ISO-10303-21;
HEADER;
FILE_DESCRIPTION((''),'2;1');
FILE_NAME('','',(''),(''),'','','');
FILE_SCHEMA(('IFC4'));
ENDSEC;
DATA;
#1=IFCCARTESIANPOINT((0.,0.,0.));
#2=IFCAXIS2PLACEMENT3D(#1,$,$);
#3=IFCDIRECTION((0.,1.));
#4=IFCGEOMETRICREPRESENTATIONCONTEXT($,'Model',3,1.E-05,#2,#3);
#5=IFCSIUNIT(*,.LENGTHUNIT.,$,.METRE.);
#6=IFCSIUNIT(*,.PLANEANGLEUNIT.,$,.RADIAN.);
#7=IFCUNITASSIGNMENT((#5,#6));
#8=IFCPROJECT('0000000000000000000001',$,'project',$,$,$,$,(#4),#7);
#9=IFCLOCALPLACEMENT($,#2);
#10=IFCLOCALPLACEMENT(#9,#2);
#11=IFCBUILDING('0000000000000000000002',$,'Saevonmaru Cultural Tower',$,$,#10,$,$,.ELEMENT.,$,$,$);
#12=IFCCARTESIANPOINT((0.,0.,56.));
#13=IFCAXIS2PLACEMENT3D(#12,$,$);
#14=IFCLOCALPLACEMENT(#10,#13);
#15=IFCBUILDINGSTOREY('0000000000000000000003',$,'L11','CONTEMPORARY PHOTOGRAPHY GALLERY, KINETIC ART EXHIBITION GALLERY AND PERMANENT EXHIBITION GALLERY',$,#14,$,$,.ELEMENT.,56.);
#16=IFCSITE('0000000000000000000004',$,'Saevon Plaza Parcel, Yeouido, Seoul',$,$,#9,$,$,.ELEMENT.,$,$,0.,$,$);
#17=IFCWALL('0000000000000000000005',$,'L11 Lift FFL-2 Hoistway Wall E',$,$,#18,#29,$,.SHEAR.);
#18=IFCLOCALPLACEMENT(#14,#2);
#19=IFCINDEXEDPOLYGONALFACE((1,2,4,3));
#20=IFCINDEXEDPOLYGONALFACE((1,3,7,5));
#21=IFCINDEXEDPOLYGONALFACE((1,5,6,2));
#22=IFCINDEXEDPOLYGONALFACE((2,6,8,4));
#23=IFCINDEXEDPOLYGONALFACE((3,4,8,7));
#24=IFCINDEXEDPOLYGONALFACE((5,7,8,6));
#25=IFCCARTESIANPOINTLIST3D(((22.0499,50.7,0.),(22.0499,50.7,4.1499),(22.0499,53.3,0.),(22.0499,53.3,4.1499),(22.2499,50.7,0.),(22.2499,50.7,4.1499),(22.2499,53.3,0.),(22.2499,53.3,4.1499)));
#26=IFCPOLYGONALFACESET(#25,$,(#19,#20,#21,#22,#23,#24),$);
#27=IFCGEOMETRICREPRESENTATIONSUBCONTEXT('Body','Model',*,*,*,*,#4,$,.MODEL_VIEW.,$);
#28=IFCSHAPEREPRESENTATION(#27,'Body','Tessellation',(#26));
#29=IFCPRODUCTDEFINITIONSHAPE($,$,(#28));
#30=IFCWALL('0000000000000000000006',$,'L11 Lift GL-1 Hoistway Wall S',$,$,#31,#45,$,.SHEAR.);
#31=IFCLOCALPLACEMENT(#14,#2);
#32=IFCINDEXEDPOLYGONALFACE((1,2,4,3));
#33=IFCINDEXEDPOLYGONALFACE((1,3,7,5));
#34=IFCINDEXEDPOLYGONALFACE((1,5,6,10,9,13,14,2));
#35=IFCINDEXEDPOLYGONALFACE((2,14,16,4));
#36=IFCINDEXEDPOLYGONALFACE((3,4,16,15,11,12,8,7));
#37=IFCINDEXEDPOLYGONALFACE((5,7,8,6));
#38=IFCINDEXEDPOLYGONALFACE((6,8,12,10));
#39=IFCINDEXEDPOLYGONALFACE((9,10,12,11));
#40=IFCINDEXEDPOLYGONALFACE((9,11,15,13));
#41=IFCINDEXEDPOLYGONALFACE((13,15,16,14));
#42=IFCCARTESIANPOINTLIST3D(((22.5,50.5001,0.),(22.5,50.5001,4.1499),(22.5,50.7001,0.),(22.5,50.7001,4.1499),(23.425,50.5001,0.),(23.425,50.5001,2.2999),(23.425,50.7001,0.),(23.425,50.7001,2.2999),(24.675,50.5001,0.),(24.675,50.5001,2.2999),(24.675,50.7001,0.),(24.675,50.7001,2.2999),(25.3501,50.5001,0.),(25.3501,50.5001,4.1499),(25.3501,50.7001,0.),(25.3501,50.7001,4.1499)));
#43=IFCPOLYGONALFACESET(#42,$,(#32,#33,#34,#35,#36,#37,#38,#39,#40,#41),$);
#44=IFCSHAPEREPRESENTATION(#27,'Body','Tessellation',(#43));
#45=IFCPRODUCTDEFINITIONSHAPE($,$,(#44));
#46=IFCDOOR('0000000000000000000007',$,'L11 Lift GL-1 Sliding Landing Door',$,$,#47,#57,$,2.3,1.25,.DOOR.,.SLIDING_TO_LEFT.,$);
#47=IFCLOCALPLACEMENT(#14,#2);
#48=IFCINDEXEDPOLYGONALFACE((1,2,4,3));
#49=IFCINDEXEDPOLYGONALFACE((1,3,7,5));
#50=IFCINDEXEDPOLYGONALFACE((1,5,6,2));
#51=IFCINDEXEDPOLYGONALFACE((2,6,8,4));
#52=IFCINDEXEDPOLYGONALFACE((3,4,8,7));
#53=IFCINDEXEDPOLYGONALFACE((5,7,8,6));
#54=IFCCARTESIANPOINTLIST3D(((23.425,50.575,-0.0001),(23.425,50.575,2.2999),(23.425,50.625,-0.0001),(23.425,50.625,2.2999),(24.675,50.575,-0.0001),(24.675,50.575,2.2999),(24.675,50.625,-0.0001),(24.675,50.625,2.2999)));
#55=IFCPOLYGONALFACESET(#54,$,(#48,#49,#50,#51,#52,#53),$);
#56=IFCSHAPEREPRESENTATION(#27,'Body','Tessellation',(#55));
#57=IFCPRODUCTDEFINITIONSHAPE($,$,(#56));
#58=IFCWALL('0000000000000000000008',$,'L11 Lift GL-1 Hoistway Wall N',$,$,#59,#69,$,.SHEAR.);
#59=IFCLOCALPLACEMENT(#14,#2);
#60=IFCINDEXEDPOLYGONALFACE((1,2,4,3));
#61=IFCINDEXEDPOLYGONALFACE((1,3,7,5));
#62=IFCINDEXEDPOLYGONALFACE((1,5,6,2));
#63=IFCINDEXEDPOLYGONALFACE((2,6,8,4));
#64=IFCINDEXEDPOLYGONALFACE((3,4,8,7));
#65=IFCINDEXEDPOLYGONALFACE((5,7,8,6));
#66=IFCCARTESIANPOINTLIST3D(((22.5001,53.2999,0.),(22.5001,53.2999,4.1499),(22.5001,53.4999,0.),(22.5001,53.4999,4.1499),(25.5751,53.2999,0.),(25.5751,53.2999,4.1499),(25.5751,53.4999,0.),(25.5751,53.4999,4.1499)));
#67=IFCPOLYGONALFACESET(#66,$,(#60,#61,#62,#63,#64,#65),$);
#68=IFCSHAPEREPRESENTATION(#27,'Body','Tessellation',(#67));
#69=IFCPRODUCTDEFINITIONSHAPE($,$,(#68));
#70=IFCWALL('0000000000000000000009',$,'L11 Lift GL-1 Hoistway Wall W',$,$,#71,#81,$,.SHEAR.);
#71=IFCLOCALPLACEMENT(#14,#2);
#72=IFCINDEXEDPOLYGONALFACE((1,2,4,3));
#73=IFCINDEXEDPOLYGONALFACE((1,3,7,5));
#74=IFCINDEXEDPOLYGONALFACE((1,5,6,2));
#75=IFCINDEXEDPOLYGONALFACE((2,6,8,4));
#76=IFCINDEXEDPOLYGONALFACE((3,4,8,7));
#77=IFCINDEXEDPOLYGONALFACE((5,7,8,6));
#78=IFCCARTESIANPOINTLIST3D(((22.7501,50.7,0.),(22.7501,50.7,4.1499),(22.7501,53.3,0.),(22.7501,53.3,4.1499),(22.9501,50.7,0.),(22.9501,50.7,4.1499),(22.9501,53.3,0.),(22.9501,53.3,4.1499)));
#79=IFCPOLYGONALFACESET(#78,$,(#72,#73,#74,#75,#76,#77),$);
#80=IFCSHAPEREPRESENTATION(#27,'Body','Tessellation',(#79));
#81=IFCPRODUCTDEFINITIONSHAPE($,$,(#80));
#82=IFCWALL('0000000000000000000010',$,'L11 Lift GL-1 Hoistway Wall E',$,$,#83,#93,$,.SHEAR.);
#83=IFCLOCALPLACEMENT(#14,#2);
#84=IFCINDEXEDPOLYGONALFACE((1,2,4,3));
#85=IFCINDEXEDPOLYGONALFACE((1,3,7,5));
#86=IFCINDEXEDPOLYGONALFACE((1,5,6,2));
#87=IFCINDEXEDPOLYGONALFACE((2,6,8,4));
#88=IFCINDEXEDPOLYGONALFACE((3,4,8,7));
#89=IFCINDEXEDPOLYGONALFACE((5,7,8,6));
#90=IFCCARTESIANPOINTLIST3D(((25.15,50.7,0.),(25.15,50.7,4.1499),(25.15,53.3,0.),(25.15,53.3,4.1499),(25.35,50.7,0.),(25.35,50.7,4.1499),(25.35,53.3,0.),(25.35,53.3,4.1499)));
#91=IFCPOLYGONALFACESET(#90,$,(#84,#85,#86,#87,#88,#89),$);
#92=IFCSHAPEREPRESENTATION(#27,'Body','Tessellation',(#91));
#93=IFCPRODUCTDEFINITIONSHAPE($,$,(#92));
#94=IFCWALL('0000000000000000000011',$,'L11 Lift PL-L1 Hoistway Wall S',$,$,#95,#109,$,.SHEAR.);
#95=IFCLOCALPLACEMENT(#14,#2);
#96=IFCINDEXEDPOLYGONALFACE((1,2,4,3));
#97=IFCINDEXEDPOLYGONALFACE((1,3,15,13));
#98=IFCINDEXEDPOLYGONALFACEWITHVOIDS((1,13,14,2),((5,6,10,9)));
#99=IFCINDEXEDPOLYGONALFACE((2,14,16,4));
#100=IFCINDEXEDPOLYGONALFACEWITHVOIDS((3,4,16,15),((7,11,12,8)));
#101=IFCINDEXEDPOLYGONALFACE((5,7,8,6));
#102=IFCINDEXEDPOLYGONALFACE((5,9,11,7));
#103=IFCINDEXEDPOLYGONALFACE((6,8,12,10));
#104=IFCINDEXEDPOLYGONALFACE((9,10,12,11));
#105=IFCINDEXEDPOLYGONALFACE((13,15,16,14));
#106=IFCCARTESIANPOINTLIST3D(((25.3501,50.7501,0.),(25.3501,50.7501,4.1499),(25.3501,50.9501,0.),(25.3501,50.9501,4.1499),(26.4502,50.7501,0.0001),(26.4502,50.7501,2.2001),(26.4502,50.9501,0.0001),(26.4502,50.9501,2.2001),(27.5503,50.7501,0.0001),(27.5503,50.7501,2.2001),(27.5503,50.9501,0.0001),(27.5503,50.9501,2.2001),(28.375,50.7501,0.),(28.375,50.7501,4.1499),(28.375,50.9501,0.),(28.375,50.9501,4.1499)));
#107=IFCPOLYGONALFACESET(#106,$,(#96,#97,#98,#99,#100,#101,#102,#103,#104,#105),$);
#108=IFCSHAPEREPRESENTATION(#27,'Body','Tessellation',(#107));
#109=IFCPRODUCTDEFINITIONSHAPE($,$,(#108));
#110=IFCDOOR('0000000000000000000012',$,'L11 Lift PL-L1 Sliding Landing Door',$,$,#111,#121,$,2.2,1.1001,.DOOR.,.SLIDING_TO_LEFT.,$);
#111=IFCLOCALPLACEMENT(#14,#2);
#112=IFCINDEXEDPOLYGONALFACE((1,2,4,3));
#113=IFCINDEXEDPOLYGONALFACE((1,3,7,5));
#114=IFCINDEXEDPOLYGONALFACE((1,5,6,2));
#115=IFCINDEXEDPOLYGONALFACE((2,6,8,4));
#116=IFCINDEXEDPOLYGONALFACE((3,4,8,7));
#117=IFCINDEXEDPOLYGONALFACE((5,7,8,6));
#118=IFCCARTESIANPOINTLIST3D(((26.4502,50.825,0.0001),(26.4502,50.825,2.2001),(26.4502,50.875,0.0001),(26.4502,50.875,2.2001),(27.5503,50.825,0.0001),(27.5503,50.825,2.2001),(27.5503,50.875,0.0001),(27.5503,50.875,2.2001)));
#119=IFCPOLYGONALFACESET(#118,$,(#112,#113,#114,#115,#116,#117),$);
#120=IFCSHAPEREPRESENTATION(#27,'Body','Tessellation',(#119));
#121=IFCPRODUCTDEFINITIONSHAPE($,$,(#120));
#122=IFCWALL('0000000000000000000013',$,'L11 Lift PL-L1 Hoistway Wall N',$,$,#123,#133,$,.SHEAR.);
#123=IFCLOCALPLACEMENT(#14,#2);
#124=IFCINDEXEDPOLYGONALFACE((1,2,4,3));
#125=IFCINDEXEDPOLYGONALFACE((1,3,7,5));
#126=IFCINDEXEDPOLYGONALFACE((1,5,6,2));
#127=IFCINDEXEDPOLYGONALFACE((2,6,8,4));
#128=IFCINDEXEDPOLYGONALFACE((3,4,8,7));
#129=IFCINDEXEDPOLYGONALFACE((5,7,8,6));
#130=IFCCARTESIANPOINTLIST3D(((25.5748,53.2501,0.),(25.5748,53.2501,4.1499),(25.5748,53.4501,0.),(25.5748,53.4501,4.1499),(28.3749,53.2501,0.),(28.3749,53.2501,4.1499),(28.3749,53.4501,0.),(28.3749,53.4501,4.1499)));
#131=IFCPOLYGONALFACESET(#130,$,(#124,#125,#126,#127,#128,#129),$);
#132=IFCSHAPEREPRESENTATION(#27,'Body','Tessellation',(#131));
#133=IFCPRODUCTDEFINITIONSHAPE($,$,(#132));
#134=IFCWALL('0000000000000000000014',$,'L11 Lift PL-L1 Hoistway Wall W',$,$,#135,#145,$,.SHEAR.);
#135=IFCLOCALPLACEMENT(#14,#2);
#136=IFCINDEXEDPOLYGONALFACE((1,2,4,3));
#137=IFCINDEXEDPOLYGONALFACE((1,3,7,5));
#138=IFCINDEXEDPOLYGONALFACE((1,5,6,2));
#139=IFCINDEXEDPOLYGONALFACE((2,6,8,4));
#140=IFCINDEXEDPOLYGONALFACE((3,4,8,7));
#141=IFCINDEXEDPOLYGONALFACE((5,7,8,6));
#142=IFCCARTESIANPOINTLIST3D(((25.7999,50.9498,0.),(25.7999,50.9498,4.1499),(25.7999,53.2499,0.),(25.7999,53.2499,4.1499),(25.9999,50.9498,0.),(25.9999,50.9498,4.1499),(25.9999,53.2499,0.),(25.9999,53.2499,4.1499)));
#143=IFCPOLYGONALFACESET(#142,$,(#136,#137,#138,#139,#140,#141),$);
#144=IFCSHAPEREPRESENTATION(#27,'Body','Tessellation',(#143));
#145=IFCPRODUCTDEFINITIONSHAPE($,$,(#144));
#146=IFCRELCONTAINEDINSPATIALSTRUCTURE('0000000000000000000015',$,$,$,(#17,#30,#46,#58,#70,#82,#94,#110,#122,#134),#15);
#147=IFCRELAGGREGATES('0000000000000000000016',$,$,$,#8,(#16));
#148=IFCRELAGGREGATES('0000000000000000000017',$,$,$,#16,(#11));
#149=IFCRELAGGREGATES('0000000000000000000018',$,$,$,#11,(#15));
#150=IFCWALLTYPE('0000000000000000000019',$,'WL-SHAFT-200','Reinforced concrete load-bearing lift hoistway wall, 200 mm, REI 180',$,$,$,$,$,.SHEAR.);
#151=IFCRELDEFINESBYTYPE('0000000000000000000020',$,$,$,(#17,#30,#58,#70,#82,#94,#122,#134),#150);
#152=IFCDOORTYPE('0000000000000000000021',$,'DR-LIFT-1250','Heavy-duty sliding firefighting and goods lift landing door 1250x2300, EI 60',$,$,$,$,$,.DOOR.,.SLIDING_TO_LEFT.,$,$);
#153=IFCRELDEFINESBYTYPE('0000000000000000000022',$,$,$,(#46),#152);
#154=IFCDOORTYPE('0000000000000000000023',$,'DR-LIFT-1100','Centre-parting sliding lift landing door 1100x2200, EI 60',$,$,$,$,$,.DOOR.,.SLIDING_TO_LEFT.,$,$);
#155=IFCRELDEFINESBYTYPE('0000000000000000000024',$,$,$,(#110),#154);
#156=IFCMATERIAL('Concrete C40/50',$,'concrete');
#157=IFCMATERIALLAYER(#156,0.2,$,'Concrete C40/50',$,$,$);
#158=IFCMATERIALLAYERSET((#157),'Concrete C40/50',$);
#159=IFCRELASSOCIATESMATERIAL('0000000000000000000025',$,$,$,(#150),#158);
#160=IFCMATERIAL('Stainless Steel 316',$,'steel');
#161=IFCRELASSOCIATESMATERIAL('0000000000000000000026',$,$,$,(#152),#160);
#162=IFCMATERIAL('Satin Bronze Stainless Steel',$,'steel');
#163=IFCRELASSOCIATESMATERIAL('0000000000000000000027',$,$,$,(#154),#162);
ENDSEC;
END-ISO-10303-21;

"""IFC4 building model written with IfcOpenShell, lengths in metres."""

from ifc_helpers import new_model, si_unit, direction, frame, frame_2d, origin, place, context, subcontext, project, spatial, rectangle, extrude, material, layer, layer_set, type_object, element, fill, save


model = new_model("IFC4")

# Units and contexts
model_context = context("Model", 3, precision=1e-05, world=origin(), true_north=direction((0.0, 1.0)))
body_context = subcontext(model_context, "Body", "Model", "MODEL_VIEW")
ifc_project = project(units=[si_unit("LENGTHUNIT", "METRE"), si_unit("PLANEANGLEUNIT", "RADIAN")], contexts=[model_context])

# Site, building, storey
site_placement = place(None, origin())
site = spatial("IfcSite", under=ifc_project, at=site_placement, Name="Saevon Plaza Parcel, Yeouido, Seoul", CompositionType="ELEMENT", RefElevation=0.0)
building_placement = place(site_placement, origin())
building = spatial("IfcBuilding", under=site, at=building_placement, Name="Saevonmaru Cultural Tower", CompositionType="ELEMENT")
storey_placement = place(building_placement, frame((0.0, 0.0, 56.0)))
storey = spatial("IfcBuildingStorey", under=building, at=storey_placement, Name="L11", Description="CONTEMPORARY PHOTOGRAPHY GALLERY, KINETIC ART EXHIBITION GALLERY AND PERMANENT EXHIBITION GALLERY", CompositionType="ELEMENT", Elevation=56.0)

# Wall
ifc_material_1 = material(Name="Concrete C40/50", Category="concrete")
ifc_layer_1 = layer(ifc_material_1, 0.2, Name="Concrete C40/50")
ifc_layer_set_1 = layer_set([ifc_layer_1], Name="Concrete C40/50")
wall_type_1 = type_object("IfcWallType", Name="WL-SHAFT-200", Description="Reinforced concrete load-bearing lift hoistway wall, 200 mm, REI 180", PredefinedType="SHEAR", material=ifc_layer_set_1)
for number, where, z_axis, x_axis, name in (
    (1, (22.1499, 50.7, 0.0), (0.0, 0.0, 1.0), (0.0, 1.0, 0.0), "L11 Lift FFL-2 Hoistway Wall E"),
):
    element("IfcWall", number, at=place(storey_placement, frame(where, z_axis=z_axis, x_axis=x_axis)), inside=storey, type_object=wall_type_1, Name=name, PredefinedType="SHEAR", context=body_context, shape_type="SweptSolid", body=[
        extrude(rectangle(XDim=2.6001, YDim=0.2, at=frame_2d((1.3, 0.0))), origin(), (0.0, 0.0, 1.0), 4.1499),
    ])

# Wall, opening, door
wall_1_placement = place(storey_placement, frame((22.5, 50.6001, 0.0), z_axis=(0.0, 0.0, 1.0), x_axis=(1.0, 0.0, 0.0)))
wall_1 = element("IfcWall", 2, at=wall_1_placement, inside=storey, type_object=wall_type_1, Name="L11 Lift GL-1 Hoistway Wall S", PredefinedType="SHEAR", context=body_context, shape_type="SweptSolid", body=[
    extrude(rectangle(XDim=2.8501, YDim=0.2, at=frame_2d((1.425, 0.0))), origin(), (0.0, 0.0, 1.0), 4.1499),
])
opening_1_placement = place(wall_1_placement, frame((0.925, 0.0, 0.0)))
opening_1 = element("IfcOpeningElement", 3, at=opening_1_placement, cuts=wall_1, PredefinedType="OPENING", context=body_context, shape_type="SweptSolid", body=[
    extrude(rectangle(XDim=1.25, YDim=2.3, at=frame_2d((0.625, 1.1499))), frame((0.0, 0.1099, 0.0), z_axis=(0.0, -1.0, 0.0), x_axis=(1.0, 0.0, 0.0)), (0.0, 0.0, 1.0), 0.22),
])
ifc_material_2 = material(Name="Stainless Steel 316", Category="steel")
door_type_1 = type_object("IfcDoorType", Name="DR-LIFT-1250", Description="Heavy-duty sliding firefighting and goods lift landing door 1250x2300, EI 60", OperationType="SLIDING_TO_LEFT", PredefinedType="DOOR", material=ifc_material_2)
door_1_placement = place(opening_1_placement, origin())
door_1 = element("IfcDoor", 4, at=door_1_placement, inside=storey, type_object=door_type_1, Name="L11 Lift GL-1 Sliding Landing Door", OperationType="SLIDING_TO_LEFT", OverallHeight=2.3, OverallWidth=1.25, PredefinedType="DOOR", context=body_context, shape_type="SweptSolid", body=[
    extrude(rectangle(XDim=1.25, YDim=2.3, at=frame_2d((0.625, 1.1499))), frame((0.0, 0.0249, 0.0), z_axis=(0.0, -1.0, 0.0), x_axis=(1.0, 0.0, 0.0)), (0.0, 0.0, 1.0), 0.05),
])
fill(opening_1, door_1)

# Walls
wall_2_placement = place(storey_placement, frame((22.5, 53.3999, 0.0), z_axis=(0.0, 0.0, 1.0), x_axis=(1.0, 0.0, 0.0)))
element("IfcWall", 5, at=wall_2_placement, inside=storey, type_object=wall_type_1, Name="L11 Lift GL-1 Hoistway Wall N", PredefinedType="SHEAR", context=body_context, shape_type="SweptSolid", body=[
    extrude(rectangle(XDim=3.075, YDim=0.2, at=frame_2d((1.5376, 0.0))), origin(), (0.0, 0.0, 1.0), 4.1499),
])
for number, where, z_axis, x_axis, name in (
    (6, (22.8501, 50.7, 0.0), (0.0, 0.0, 1.0), (0.0, 1.0, 0.0), "L11 Lift GL-1 Hoistway Wall W"),
    (7, (25.25, 50.7, 0.0), (0.0, 0.0, 1.0), (0.0, 1.0, 0.0), "L11 Lift GL-1 Hoistway Wall E"),
):
    element("IfcWall", number, at=place(storey_placement, frame(where, z_axis=z_axis, x_axis=x_axis)), inside=storey, type_object=wall_type_1, Name=name, PredefinedType="SHEAR", context=body_context, shape_type="SweptSolid", body=[
        extrude(rectangle(XDim=2.6001, YDim=0.2, at=frame_2d((1.3, 0.0))), origin(), (0.0, 0.0, 1.0), 4.1499),
    ])

# Wall, opening, door
wall_3_placement = place(storey_placement, frame((25.3501, 50.8501, 0.0), z_axis=(0.0, 0.0, 1.0), x_axis=(1.0, 0.0, 0.0)))
wall_3 = element("IfcWall", 8, at=wall_3_placement, inside=storey, type_object=wall_type_1, Name="L11 Lift PL-L1 Hoistway Wall S", PredefinedType="SHEAR", context=body_context, shape_type="SweptSolid", body=[
    extrude(rectangle(XDim=3.0249, YDim=0.2, at=frame_2d((1.5125, 0.0))), origin(), (0.0, 0.0, 1.0), 4.1499),
])
opening_2_placement = place(wall_3_placement, frame((1.1001, 0.0, 0.0)))
opening_2 = element("IfcOpeningElement", 9, at=opening_2_placement, cuts=wall_3, PredefinedType="OPENING", context=body_context, shape_type="SweptSolid", body=[
    extrude(rectangle(XDim=1.1001, YDim=2.2, at=frame_2d((0.55, 1.1001))), frame((0.0, 0.1099, 0.0), z_axis=(0.0, -1.0, 0.0), x_axis=(1.0, 0.0, 0.0)), (0.0, 0.0, 1.0), 0.22),
])
ifc_material_3 = material(Name="Satin Bronze Stainless Steel", Category="steel")
door_type_2 = type_object("IfcDoorType", Name="DR-LIFT-1100", Description="Centre-parting sliding lift landing door 1100x2200, EI 60", OperationType="SLIDING_TO_LEFT", PredefinedType="DOOR", material=ifc_material_3)
door_2_placement = place(opening_2_placement, origin())
door_2 = element("IfcDoor", 10, at=door_2_placement, inside=storey, type_object=door_type_2, Name="L11 Lift PL-L1 Sliding Landing Door", OperationType="SLIDING_TO_LEFT", OverallHeight=2.2, OverallWidth=1.1001, PredefinedType="DOOR", context=body_context, shape_type="SweptSolid", body=[
    extrude(rectangle(XDim=1.1001, YDim=2.2, at=frame_2d((0.55, 1.1001))), frame((0.0, 0.0249, 0.0), z_axis=(0.0, -1.0, 0.0), x_axis=(1.0, 0.0, 0.0)), (0.0, 0.0, 1.0), 0.05),
])
fill(opening_2, door_2)

# Walls
wall_4_placement = place(storey_placement, frame((25.575, 53.3501, 0.0), z_axis=(0.0, 0.0, 1.0), x_axis=(1.0, 0.0, 0.0)))
element("IfcWall", 11, at=wall_4_placement, inside=storey, type_object=wall_type_1, Name="L11 Lift PL-L1 Hoistway Wall N", PredefinedType="SHEAR", context=body_context, shape_type="SweptSolid", body=[
    extrude(rectangle(XDim=2.8, YDim=0.2, at=frame_2d((1.3999, 0.0))), origin(), (0.0, 0.0, 1.0), 4.1499),
])
wall_5_placement = place(storey_placement, frame((25.8999, 50.95, 0.0), z_axis=(0.0, 0.0, 1.0), x_axis=(0.0, 1.0, 0.0)))
element("IfcWall", 12, at=wall_5_placement, inside=storey, type_object=wall_type_1, Name="L11 Lift PL-L1 Hoistway Wall W", PredefinedType="SHEAR", context=body_context, shape_type="SweptSolid", body=[
    extrude(rectangle(XDim=2.3, YDim=0.2, at=frame_2d((1.1499, 0.0))), origin(), (0.0, 0.0, 1.0), 4.1499),
])

save(model, "model.ifc")
